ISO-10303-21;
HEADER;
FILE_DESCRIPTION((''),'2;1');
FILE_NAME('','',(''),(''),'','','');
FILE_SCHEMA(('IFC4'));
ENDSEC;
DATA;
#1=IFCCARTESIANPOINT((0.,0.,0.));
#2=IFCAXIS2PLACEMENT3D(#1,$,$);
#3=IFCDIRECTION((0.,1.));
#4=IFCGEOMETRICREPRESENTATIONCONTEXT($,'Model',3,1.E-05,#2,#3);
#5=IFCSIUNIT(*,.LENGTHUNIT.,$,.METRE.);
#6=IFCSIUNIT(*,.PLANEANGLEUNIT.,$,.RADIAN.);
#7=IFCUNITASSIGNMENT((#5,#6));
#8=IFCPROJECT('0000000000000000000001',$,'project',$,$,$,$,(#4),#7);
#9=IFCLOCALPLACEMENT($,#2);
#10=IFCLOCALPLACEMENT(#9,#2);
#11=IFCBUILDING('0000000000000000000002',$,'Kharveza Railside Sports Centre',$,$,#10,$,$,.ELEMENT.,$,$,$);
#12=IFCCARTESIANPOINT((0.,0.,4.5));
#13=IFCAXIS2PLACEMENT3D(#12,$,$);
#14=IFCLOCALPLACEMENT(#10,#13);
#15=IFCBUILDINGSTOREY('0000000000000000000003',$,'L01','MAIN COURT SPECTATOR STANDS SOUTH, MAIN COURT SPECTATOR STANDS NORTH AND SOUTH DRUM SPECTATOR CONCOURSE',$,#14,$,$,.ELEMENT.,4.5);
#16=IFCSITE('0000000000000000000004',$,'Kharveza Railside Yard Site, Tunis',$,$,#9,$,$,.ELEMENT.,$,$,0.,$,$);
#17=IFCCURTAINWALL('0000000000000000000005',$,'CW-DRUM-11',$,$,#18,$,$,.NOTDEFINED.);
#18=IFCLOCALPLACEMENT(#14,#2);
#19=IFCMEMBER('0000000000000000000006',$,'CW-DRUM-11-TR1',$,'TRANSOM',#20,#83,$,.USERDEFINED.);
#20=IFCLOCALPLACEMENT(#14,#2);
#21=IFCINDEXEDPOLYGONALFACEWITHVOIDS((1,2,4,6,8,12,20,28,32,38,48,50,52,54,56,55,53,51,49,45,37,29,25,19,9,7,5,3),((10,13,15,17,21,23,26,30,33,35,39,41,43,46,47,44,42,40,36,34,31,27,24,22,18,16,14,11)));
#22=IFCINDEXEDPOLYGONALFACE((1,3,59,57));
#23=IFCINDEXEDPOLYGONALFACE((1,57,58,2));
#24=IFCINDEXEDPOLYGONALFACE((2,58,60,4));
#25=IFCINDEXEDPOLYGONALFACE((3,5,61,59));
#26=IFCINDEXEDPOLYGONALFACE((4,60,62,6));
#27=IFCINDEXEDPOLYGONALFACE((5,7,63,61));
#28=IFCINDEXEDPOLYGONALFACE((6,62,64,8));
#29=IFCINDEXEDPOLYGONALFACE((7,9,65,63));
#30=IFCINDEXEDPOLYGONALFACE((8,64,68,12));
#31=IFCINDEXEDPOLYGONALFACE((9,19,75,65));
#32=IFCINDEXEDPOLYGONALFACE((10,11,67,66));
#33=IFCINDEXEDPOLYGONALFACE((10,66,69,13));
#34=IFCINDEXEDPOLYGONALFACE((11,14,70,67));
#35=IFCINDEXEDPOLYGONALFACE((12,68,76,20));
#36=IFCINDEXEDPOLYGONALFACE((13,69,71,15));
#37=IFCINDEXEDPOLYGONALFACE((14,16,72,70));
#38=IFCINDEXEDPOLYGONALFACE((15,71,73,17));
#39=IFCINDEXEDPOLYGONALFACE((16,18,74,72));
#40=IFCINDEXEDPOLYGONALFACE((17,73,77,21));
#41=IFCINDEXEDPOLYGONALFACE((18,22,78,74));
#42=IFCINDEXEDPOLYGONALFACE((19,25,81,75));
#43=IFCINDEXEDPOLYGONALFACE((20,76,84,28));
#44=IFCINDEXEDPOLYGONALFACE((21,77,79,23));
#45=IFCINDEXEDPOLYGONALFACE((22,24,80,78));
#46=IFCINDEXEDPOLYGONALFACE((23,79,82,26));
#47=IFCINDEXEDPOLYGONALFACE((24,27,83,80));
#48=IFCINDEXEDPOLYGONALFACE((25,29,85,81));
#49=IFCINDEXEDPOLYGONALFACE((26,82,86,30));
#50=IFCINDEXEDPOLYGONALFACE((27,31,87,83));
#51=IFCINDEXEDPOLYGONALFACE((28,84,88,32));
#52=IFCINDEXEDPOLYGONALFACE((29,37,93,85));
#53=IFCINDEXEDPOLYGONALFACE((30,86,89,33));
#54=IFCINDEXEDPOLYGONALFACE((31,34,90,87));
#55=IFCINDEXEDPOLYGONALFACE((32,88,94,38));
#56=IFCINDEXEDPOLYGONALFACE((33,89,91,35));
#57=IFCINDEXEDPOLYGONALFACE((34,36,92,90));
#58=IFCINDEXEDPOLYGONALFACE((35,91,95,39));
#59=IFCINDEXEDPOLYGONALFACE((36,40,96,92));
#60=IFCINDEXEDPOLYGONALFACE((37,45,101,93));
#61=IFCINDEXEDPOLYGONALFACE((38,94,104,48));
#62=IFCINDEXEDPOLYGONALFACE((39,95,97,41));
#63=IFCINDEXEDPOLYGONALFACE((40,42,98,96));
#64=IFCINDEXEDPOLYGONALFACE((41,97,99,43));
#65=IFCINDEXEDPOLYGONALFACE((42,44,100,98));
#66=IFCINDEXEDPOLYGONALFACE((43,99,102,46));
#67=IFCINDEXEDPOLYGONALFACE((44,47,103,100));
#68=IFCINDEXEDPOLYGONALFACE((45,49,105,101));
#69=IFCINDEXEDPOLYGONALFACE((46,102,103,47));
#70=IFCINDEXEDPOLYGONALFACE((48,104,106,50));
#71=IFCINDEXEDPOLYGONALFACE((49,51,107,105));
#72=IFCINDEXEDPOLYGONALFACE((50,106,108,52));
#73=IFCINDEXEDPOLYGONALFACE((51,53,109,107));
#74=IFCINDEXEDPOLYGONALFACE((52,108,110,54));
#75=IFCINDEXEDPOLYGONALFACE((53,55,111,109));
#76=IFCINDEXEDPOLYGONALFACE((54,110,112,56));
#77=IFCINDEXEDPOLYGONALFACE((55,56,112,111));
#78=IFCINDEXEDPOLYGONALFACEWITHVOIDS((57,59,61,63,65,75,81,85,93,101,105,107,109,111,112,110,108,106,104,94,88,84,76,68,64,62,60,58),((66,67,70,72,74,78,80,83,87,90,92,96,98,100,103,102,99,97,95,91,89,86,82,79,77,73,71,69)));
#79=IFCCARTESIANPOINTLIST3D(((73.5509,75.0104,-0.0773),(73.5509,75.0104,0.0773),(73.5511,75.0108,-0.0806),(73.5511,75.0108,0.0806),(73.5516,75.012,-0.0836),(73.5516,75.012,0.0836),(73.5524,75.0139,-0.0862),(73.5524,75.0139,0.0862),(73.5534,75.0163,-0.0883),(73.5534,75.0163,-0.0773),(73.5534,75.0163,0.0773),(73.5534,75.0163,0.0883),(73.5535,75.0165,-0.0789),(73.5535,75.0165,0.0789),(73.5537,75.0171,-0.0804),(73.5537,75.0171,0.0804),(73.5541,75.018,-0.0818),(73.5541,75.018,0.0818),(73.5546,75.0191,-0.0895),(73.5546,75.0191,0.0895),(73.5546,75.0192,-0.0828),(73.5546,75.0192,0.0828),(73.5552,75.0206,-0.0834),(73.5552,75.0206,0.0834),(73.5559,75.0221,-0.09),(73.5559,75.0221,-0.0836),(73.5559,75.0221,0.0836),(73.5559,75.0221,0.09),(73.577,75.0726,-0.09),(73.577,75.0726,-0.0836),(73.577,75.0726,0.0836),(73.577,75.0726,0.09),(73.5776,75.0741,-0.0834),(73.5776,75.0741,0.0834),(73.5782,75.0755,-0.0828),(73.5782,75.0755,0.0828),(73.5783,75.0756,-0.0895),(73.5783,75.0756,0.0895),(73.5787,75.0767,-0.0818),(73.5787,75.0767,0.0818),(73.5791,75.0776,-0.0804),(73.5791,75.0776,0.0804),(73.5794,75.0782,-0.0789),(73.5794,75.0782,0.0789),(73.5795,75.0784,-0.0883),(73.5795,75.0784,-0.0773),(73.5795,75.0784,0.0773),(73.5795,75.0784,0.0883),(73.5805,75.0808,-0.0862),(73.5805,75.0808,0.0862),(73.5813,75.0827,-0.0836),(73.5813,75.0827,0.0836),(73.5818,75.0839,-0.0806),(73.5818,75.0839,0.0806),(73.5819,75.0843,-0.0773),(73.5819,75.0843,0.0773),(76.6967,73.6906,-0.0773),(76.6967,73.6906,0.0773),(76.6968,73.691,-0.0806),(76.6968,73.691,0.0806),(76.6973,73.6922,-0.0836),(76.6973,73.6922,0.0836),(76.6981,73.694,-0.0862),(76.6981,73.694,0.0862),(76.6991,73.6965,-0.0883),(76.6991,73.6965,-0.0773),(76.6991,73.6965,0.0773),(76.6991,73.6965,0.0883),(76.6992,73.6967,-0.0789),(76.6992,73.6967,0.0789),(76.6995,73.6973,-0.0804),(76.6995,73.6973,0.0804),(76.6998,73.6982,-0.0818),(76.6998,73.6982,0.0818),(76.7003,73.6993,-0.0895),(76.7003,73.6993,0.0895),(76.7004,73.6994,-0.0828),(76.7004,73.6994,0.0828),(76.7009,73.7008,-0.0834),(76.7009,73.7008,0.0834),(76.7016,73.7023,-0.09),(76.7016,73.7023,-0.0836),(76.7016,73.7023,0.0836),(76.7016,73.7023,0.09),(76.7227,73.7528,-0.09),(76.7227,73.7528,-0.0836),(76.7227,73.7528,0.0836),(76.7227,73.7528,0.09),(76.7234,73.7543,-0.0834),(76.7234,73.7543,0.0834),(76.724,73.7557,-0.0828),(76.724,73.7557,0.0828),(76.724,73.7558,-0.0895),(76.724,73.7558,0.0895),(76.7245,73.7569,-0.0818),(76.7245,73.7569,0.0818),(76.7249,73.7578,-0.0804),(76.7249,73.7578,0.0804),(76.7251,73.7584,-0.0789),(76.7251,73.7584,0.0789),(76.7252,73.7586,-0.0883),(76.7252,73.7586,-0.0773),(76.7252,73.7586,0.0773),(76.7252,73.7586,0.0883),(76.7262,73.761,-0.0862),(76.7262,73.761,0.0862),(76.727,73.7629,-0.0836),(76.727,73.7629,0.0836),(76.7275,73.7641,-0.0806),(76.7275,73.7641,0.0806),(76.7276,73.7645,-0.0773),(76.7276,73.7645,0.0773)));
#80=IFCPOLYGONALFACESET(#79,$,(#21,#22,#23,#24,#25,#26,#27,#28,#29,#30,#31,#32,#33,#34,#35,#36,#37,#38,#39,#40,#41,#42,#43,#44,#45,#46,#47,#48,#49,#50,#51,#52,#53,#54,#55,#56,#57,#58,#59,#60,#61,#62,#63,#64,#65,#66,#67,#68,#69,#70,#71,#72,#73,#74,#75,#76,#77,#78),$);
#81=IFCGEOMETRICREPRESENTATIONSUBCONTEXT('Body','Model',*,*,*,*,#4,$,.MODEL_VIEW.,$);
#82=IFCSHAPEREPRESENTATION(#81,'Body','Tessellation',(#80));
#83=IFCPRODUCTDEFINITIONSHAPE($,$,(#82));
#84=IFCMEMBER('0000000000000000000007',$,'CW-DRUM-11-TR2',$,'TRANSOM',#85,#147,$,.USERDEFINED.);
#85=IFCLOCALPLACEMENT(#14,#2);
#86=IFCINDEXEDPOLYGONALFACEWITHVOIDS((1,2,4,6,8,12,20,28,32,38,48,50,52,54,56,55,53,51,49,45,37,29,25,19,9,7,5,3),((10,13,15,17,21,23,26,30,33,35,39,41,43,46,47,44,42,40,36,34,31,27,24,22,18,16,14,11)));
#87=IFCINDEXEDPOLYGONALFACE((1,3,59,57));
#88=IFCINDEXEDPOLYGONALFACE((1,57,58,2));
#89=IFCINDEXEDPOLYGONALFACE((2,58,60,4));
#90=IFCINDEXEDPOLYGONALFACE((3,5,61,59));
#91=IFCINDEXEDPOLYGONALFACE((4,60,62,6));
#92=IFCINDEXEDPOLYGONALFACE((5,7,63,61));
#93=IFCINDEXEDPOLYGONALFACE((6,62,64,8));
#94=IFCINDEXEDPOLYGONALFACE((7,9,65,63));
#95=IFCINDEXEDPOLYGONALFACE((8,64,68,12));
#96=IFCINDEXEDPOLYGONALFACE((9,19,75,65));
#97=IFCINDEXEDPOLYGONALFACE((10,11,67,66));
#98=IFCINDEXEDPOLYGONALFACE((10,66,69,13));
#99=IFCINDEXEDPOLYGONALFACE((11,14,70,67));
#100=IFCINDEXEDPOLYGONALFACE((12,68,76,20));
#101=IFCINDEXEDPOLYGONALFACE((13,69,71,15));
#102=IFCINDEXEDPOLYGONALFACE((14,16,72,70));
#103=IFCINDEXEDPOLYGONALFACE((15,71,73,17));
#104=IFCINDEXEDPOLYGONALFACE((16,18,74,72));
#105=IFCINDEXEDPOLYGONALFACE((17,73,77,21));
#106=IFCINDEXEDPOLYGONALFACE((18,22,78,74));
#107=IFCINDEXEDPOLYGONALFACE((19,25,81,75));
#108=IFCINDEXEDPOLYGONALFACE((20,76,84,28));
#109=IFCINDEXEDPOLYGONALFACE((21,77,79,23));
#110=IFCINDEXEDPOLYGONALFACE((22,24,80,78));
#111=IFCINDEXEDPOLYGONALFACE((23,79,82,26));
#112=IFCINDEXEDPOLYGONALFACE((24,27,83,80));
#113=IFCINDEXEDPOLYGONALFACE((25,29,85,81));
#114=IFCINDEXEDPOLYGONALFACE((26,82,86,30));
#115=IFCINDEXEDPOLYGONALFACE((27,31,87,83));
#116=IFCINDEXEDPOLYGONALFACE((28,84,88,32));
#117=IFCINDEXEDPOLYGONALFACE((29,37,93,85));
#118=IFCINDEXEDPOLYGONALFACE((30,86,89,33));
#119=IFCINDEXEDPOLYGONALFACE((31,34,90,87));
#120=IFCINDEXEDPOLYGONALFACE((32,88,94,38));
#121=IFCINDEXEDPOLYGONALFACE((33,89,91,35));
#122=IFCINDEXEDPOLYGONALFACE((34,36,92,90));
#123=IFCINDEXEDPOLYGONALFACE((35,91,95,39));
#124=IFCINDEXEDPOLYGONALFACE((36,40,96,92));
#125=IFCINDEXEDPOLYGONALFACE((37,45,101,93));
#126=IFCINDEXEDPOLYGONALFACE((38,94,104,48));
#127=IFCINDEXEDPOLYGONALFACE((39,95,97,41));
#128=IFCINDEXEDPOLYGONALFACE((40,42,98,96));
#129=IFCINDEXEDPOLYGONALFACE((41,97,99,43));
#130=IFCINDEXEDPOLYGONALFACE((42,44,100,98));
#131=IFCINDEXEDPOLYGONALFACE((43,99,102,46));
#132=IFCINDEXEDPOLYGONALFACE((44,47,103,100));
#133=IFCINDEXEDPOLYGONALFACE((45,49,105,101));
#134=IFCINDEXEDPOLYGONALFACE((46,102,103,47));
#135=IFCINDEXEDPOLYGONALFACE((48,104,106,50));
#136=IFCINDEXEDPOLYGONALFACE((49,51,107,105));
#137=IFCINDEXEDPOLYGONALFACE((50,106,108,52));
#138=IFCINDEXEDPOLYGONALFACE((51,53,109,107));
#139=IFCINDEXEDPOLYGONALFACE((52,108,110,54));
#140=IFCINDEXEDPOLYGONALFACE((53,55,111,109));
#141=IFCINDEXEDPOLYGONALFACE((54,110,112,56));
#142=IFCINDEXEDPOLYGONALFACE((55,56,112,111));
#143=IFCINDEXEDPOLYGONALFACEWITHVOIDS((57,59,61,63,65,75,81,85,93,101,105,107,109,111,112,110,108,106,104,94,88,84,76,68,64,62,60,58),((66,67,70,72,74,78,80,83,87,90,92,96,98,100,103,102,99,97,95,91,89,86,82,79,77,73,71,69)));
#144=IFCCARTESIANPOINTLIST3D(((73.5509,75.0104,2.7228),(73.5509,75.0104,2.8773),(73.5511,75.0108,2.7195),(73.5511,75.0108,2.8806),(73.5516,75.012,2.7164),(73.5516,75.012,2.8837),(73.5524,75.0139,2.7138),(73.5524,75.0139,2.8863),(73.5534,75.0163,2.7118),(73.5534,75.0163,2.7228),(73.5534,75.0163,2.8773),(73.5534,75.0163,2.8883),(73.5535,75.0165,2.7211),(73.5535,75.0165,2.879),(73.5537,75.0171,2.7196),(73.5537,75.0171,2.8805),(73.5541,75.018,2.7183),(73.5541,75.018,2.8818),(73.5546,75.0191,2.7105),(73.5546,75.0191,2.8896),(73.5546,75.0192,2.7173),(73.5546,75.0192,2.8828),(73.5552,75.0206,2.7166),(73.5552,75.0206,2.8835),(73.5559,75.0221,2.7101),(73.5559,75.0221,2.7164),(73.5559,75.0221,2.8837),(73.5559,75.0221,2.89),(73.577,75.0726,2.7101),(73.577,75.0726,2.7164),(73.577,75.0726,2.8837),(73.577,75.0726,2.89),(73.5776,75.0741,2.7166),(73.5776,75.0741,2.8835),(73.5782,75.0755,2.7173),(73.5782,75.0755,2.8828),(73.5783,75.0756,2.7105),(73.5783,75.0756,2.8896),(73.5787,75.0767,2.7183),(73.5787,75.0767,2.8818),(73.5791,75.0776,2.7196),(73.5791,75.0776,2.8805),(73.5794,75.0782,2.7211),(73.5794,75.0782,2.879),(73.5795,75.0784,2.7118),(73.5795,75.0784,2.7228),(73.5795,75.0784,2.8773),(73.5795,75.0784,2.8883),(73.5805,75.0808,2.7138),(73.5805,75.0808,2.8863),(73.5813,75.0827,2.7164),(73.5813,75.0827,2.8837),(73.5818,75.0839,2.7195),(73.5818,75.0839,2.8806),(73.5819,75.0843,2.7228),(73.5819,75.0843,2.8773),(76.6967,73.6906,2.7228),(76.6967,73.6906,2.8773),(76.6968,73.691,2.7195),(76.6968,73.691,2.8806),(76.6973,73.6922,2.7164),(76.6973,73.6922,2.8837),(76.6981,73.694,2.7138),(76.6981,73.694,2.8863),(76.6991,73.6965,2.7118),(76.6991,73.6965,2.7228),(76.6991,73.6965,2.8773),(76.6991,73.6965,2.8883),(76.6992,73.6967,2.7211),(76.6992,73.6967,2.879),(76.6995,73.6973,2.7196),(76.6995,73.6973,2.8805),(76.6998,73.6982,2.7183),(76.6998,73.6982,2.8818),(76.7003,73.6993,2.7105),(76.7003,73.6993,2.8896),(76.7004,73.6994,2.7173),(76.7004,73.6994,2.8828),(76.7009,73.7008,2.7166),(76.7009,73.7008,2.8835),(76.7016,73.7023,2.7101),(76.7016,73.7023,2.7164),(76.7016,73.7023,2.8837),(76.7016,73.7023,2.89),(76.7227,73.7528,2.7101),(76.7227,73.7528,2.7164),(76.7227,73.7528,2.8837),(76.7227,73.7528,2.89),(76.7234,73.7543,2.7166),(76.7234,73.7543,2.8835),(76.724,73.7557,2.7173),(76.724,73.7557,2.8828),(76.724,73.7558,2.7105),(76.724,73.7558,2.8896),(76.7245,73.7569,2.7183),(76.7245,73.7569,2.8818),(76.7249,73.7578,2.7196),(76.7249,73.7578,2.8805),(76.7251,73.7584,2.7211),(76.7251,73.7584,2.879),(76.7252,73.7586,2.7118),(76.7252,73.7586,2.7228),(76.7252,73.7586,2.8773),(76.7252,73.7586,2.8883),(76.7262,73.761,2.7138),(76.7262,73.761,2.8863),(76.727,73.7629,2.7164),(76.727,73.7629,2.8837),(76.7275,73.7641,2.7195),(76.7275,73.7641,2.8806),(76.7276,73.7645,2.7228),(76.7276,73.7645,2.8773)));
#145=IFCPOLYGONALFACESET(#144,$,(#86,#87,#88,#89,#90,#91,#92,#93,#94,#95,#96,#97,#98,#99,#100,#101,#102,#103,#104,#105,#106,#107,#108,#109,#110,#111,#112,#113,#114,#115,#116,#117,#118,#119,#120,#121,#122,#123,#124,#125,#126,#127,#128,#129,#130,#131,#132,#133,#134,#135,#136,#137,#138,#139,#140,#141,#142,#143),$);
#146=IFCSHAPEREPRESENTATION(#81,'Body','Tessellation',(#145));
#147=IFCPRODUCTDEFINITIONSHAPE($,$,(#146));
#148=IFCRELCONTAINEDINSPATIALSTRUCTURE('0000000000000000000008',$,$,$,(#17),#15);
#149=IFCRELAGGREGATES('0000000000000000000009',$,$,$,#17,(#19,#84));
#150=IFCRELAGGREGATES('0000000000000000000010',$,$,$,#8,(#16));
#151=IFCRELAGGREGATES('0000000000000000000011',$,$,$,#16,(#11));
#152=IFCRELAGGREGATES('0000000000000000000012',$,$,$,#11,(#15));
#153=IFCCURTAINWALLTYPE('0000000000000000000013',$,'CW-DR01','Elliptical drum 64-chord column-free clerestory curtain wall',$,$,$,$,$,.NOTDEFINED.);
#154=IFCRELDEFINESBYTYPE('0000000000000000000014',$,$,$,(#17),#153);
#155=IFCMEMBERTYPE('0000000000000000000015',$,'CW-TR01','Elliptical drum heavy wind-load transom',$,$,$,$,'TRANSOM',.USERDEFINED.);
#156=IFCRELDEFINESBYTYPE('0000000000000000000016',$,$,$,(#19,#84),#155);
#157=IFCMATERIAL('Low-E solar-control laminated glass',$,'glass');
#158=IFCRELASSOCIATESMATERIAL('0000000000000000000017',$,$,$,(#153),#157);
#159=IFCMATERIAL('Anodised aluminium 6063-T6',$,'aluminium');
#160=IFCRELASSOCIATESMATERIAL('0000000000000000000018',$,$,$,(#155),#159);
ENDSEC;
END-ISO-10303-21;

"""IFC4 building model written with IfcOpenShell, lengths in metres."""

from ifc_helpers import new_model, si_unit, direction, frame, origin, origin_2d, place, context, subcontext, project, spatial, hollow_rectangle, extrude, material, material_profile, profile_set, type_object, element, aggregate, save


model = new_model("IFC4")

# Units and contexts
model_context = context("Model", 3, precision=1e-05, world=origin(), true_north=direction((0.0, 1.0)))
body_context = subcontext(model_context, "Body", "Model", "MODEL_VIEW")
ifc_project = project(units=[si_unit("LENGTHUNIT", "METRE"), si_unit("PLANEANGLEUNIT", "RADIAN")], contexts=[model_context])

# Site, building, storey
site_placement = place(None, origin())
site = spatial("IfcSite", under=ifc_project, at=site_placement, Name="Kharveza Railside Yard Site, Tunis", CompositionType="ELEMENT", RefElevation=0.0)
building_placement = place(site_placement, origin())
building = spatial("IfcBuilding", under=site, at=building_placement, Name="Kharveza Railside Sports Centre", CompositionType="ELEMENT")
storey_placement = place(building_placement, frame((0.0, 0.0, 4.5)))
storey = spatial("IfcBuildingStorey", under=building, at=storey_placement, Name="L01", Description="MAIN COURT SPECTATOR STANDS SOUTH, MAIN COURT SPECTATOR STANDS NORTH AND SOUTH DRUM SPECTATOR CONCOURSE", CompositionType="ELEMENT", Elevation=4.5)

# Shared definitions
ifc_material_1 = material(Name="Low-E solar-control laminated glass", Category="glass")
curtain_wall_type = type_object("IfcCurtainWallType", Name="CW-DR01", Description="Elliptical drum 64-chord column-free clerestory curtain wall", PredefinedType="NOTDEFINED", material=ifc_material_1)
ifc_material_2 = material(Name="Anodised aluminium 6063-T6", Category="aluminium")

# Curtain wall
curtain_wall_1_placement = place(storey_placement, origin())
curtain_wall_1 = element("IfcCurtainWall", 1, at=curtain_wall_1_placement, inside=storey, type_object=curtain_wall_type, Name="CW-DRUM-11", PredefinedType="NOTDEFINED")

# Members
ifc_material_profile_1 = material_profile(ifc_material_2, hollow_rectangle(XDim=0.0801, YDim=0.1799, WallThickness=0.0063, InnerFilletRadius=0.0063, OuterFilletRadius=0.0127, at=origin_2d()), Name="RHS 80x180x6.3")
ifc_profile_set_1 = profile_set([ifc_material_profile_1], Name="Anodised aluminium 6063-T6")
member_type_1 = type_object("IfcMemberType", Name="CW-TR01", Description="Elliptical drum heavy wind-load transom", ElementType="TRANSOM", PredefinedType="USERDEFINED", material=ifc_profile_set_1)
member_1_placement = place(storey_placement, frame((76.7122, 73.7275, 0.0), z_axis=(-0.922128, 0.386886, 0.0), x_axis=(-0.386886, -0.922128, 0.0)))
member_1 = element("IfcMember", 2, at=member_1_placement, type_object=member_type_1, Name="CW-DRUM-11-TR1", ObjectType="TRANSOM", PredefinedType="USERDEFINED", context=body_context, shape_type="SweptSolid", body=[
    extrude(hollow_rectangle(XDim=0.0801, YDim=0.1799, WallThickness=0.0063, InnerFilletRadius=0.0063, OuterFilletRadius=0.0127, at=origin_2d()), origin(), (0.0, 0.0, 1.0), 3.4114),
])
member_2_placement = place(storey_placement, frame((76.7122, 73.7275, 2.8), z_axis=(-0.922128, 0.386886, 0.0), x_axis=(-0.386886, -0.922128, 0.0)))
member_2 = element("IfcMember", 3, at=member_2_placement, type_object=member_type_1, Name="CW-DRUM-11-TR2", ObjectType="TRANSOM", PredefinedType="USERDEFINED", context=body_context, shape_type="SweptSolid", body=[
    extrude(hollow_rectangle(XDim=0.0801, YDim=0.1799, WallThickness=0.0063, InnerFilletRadius=0.0063, OuterFilletRadius=0.0127, at=origin_2d()), origin(), (0.0, 0.0, 1.0), 3.4114),
])

aggregate(curtain_wall_1, [member_1, member_2])

save(model, "model.ifc")
